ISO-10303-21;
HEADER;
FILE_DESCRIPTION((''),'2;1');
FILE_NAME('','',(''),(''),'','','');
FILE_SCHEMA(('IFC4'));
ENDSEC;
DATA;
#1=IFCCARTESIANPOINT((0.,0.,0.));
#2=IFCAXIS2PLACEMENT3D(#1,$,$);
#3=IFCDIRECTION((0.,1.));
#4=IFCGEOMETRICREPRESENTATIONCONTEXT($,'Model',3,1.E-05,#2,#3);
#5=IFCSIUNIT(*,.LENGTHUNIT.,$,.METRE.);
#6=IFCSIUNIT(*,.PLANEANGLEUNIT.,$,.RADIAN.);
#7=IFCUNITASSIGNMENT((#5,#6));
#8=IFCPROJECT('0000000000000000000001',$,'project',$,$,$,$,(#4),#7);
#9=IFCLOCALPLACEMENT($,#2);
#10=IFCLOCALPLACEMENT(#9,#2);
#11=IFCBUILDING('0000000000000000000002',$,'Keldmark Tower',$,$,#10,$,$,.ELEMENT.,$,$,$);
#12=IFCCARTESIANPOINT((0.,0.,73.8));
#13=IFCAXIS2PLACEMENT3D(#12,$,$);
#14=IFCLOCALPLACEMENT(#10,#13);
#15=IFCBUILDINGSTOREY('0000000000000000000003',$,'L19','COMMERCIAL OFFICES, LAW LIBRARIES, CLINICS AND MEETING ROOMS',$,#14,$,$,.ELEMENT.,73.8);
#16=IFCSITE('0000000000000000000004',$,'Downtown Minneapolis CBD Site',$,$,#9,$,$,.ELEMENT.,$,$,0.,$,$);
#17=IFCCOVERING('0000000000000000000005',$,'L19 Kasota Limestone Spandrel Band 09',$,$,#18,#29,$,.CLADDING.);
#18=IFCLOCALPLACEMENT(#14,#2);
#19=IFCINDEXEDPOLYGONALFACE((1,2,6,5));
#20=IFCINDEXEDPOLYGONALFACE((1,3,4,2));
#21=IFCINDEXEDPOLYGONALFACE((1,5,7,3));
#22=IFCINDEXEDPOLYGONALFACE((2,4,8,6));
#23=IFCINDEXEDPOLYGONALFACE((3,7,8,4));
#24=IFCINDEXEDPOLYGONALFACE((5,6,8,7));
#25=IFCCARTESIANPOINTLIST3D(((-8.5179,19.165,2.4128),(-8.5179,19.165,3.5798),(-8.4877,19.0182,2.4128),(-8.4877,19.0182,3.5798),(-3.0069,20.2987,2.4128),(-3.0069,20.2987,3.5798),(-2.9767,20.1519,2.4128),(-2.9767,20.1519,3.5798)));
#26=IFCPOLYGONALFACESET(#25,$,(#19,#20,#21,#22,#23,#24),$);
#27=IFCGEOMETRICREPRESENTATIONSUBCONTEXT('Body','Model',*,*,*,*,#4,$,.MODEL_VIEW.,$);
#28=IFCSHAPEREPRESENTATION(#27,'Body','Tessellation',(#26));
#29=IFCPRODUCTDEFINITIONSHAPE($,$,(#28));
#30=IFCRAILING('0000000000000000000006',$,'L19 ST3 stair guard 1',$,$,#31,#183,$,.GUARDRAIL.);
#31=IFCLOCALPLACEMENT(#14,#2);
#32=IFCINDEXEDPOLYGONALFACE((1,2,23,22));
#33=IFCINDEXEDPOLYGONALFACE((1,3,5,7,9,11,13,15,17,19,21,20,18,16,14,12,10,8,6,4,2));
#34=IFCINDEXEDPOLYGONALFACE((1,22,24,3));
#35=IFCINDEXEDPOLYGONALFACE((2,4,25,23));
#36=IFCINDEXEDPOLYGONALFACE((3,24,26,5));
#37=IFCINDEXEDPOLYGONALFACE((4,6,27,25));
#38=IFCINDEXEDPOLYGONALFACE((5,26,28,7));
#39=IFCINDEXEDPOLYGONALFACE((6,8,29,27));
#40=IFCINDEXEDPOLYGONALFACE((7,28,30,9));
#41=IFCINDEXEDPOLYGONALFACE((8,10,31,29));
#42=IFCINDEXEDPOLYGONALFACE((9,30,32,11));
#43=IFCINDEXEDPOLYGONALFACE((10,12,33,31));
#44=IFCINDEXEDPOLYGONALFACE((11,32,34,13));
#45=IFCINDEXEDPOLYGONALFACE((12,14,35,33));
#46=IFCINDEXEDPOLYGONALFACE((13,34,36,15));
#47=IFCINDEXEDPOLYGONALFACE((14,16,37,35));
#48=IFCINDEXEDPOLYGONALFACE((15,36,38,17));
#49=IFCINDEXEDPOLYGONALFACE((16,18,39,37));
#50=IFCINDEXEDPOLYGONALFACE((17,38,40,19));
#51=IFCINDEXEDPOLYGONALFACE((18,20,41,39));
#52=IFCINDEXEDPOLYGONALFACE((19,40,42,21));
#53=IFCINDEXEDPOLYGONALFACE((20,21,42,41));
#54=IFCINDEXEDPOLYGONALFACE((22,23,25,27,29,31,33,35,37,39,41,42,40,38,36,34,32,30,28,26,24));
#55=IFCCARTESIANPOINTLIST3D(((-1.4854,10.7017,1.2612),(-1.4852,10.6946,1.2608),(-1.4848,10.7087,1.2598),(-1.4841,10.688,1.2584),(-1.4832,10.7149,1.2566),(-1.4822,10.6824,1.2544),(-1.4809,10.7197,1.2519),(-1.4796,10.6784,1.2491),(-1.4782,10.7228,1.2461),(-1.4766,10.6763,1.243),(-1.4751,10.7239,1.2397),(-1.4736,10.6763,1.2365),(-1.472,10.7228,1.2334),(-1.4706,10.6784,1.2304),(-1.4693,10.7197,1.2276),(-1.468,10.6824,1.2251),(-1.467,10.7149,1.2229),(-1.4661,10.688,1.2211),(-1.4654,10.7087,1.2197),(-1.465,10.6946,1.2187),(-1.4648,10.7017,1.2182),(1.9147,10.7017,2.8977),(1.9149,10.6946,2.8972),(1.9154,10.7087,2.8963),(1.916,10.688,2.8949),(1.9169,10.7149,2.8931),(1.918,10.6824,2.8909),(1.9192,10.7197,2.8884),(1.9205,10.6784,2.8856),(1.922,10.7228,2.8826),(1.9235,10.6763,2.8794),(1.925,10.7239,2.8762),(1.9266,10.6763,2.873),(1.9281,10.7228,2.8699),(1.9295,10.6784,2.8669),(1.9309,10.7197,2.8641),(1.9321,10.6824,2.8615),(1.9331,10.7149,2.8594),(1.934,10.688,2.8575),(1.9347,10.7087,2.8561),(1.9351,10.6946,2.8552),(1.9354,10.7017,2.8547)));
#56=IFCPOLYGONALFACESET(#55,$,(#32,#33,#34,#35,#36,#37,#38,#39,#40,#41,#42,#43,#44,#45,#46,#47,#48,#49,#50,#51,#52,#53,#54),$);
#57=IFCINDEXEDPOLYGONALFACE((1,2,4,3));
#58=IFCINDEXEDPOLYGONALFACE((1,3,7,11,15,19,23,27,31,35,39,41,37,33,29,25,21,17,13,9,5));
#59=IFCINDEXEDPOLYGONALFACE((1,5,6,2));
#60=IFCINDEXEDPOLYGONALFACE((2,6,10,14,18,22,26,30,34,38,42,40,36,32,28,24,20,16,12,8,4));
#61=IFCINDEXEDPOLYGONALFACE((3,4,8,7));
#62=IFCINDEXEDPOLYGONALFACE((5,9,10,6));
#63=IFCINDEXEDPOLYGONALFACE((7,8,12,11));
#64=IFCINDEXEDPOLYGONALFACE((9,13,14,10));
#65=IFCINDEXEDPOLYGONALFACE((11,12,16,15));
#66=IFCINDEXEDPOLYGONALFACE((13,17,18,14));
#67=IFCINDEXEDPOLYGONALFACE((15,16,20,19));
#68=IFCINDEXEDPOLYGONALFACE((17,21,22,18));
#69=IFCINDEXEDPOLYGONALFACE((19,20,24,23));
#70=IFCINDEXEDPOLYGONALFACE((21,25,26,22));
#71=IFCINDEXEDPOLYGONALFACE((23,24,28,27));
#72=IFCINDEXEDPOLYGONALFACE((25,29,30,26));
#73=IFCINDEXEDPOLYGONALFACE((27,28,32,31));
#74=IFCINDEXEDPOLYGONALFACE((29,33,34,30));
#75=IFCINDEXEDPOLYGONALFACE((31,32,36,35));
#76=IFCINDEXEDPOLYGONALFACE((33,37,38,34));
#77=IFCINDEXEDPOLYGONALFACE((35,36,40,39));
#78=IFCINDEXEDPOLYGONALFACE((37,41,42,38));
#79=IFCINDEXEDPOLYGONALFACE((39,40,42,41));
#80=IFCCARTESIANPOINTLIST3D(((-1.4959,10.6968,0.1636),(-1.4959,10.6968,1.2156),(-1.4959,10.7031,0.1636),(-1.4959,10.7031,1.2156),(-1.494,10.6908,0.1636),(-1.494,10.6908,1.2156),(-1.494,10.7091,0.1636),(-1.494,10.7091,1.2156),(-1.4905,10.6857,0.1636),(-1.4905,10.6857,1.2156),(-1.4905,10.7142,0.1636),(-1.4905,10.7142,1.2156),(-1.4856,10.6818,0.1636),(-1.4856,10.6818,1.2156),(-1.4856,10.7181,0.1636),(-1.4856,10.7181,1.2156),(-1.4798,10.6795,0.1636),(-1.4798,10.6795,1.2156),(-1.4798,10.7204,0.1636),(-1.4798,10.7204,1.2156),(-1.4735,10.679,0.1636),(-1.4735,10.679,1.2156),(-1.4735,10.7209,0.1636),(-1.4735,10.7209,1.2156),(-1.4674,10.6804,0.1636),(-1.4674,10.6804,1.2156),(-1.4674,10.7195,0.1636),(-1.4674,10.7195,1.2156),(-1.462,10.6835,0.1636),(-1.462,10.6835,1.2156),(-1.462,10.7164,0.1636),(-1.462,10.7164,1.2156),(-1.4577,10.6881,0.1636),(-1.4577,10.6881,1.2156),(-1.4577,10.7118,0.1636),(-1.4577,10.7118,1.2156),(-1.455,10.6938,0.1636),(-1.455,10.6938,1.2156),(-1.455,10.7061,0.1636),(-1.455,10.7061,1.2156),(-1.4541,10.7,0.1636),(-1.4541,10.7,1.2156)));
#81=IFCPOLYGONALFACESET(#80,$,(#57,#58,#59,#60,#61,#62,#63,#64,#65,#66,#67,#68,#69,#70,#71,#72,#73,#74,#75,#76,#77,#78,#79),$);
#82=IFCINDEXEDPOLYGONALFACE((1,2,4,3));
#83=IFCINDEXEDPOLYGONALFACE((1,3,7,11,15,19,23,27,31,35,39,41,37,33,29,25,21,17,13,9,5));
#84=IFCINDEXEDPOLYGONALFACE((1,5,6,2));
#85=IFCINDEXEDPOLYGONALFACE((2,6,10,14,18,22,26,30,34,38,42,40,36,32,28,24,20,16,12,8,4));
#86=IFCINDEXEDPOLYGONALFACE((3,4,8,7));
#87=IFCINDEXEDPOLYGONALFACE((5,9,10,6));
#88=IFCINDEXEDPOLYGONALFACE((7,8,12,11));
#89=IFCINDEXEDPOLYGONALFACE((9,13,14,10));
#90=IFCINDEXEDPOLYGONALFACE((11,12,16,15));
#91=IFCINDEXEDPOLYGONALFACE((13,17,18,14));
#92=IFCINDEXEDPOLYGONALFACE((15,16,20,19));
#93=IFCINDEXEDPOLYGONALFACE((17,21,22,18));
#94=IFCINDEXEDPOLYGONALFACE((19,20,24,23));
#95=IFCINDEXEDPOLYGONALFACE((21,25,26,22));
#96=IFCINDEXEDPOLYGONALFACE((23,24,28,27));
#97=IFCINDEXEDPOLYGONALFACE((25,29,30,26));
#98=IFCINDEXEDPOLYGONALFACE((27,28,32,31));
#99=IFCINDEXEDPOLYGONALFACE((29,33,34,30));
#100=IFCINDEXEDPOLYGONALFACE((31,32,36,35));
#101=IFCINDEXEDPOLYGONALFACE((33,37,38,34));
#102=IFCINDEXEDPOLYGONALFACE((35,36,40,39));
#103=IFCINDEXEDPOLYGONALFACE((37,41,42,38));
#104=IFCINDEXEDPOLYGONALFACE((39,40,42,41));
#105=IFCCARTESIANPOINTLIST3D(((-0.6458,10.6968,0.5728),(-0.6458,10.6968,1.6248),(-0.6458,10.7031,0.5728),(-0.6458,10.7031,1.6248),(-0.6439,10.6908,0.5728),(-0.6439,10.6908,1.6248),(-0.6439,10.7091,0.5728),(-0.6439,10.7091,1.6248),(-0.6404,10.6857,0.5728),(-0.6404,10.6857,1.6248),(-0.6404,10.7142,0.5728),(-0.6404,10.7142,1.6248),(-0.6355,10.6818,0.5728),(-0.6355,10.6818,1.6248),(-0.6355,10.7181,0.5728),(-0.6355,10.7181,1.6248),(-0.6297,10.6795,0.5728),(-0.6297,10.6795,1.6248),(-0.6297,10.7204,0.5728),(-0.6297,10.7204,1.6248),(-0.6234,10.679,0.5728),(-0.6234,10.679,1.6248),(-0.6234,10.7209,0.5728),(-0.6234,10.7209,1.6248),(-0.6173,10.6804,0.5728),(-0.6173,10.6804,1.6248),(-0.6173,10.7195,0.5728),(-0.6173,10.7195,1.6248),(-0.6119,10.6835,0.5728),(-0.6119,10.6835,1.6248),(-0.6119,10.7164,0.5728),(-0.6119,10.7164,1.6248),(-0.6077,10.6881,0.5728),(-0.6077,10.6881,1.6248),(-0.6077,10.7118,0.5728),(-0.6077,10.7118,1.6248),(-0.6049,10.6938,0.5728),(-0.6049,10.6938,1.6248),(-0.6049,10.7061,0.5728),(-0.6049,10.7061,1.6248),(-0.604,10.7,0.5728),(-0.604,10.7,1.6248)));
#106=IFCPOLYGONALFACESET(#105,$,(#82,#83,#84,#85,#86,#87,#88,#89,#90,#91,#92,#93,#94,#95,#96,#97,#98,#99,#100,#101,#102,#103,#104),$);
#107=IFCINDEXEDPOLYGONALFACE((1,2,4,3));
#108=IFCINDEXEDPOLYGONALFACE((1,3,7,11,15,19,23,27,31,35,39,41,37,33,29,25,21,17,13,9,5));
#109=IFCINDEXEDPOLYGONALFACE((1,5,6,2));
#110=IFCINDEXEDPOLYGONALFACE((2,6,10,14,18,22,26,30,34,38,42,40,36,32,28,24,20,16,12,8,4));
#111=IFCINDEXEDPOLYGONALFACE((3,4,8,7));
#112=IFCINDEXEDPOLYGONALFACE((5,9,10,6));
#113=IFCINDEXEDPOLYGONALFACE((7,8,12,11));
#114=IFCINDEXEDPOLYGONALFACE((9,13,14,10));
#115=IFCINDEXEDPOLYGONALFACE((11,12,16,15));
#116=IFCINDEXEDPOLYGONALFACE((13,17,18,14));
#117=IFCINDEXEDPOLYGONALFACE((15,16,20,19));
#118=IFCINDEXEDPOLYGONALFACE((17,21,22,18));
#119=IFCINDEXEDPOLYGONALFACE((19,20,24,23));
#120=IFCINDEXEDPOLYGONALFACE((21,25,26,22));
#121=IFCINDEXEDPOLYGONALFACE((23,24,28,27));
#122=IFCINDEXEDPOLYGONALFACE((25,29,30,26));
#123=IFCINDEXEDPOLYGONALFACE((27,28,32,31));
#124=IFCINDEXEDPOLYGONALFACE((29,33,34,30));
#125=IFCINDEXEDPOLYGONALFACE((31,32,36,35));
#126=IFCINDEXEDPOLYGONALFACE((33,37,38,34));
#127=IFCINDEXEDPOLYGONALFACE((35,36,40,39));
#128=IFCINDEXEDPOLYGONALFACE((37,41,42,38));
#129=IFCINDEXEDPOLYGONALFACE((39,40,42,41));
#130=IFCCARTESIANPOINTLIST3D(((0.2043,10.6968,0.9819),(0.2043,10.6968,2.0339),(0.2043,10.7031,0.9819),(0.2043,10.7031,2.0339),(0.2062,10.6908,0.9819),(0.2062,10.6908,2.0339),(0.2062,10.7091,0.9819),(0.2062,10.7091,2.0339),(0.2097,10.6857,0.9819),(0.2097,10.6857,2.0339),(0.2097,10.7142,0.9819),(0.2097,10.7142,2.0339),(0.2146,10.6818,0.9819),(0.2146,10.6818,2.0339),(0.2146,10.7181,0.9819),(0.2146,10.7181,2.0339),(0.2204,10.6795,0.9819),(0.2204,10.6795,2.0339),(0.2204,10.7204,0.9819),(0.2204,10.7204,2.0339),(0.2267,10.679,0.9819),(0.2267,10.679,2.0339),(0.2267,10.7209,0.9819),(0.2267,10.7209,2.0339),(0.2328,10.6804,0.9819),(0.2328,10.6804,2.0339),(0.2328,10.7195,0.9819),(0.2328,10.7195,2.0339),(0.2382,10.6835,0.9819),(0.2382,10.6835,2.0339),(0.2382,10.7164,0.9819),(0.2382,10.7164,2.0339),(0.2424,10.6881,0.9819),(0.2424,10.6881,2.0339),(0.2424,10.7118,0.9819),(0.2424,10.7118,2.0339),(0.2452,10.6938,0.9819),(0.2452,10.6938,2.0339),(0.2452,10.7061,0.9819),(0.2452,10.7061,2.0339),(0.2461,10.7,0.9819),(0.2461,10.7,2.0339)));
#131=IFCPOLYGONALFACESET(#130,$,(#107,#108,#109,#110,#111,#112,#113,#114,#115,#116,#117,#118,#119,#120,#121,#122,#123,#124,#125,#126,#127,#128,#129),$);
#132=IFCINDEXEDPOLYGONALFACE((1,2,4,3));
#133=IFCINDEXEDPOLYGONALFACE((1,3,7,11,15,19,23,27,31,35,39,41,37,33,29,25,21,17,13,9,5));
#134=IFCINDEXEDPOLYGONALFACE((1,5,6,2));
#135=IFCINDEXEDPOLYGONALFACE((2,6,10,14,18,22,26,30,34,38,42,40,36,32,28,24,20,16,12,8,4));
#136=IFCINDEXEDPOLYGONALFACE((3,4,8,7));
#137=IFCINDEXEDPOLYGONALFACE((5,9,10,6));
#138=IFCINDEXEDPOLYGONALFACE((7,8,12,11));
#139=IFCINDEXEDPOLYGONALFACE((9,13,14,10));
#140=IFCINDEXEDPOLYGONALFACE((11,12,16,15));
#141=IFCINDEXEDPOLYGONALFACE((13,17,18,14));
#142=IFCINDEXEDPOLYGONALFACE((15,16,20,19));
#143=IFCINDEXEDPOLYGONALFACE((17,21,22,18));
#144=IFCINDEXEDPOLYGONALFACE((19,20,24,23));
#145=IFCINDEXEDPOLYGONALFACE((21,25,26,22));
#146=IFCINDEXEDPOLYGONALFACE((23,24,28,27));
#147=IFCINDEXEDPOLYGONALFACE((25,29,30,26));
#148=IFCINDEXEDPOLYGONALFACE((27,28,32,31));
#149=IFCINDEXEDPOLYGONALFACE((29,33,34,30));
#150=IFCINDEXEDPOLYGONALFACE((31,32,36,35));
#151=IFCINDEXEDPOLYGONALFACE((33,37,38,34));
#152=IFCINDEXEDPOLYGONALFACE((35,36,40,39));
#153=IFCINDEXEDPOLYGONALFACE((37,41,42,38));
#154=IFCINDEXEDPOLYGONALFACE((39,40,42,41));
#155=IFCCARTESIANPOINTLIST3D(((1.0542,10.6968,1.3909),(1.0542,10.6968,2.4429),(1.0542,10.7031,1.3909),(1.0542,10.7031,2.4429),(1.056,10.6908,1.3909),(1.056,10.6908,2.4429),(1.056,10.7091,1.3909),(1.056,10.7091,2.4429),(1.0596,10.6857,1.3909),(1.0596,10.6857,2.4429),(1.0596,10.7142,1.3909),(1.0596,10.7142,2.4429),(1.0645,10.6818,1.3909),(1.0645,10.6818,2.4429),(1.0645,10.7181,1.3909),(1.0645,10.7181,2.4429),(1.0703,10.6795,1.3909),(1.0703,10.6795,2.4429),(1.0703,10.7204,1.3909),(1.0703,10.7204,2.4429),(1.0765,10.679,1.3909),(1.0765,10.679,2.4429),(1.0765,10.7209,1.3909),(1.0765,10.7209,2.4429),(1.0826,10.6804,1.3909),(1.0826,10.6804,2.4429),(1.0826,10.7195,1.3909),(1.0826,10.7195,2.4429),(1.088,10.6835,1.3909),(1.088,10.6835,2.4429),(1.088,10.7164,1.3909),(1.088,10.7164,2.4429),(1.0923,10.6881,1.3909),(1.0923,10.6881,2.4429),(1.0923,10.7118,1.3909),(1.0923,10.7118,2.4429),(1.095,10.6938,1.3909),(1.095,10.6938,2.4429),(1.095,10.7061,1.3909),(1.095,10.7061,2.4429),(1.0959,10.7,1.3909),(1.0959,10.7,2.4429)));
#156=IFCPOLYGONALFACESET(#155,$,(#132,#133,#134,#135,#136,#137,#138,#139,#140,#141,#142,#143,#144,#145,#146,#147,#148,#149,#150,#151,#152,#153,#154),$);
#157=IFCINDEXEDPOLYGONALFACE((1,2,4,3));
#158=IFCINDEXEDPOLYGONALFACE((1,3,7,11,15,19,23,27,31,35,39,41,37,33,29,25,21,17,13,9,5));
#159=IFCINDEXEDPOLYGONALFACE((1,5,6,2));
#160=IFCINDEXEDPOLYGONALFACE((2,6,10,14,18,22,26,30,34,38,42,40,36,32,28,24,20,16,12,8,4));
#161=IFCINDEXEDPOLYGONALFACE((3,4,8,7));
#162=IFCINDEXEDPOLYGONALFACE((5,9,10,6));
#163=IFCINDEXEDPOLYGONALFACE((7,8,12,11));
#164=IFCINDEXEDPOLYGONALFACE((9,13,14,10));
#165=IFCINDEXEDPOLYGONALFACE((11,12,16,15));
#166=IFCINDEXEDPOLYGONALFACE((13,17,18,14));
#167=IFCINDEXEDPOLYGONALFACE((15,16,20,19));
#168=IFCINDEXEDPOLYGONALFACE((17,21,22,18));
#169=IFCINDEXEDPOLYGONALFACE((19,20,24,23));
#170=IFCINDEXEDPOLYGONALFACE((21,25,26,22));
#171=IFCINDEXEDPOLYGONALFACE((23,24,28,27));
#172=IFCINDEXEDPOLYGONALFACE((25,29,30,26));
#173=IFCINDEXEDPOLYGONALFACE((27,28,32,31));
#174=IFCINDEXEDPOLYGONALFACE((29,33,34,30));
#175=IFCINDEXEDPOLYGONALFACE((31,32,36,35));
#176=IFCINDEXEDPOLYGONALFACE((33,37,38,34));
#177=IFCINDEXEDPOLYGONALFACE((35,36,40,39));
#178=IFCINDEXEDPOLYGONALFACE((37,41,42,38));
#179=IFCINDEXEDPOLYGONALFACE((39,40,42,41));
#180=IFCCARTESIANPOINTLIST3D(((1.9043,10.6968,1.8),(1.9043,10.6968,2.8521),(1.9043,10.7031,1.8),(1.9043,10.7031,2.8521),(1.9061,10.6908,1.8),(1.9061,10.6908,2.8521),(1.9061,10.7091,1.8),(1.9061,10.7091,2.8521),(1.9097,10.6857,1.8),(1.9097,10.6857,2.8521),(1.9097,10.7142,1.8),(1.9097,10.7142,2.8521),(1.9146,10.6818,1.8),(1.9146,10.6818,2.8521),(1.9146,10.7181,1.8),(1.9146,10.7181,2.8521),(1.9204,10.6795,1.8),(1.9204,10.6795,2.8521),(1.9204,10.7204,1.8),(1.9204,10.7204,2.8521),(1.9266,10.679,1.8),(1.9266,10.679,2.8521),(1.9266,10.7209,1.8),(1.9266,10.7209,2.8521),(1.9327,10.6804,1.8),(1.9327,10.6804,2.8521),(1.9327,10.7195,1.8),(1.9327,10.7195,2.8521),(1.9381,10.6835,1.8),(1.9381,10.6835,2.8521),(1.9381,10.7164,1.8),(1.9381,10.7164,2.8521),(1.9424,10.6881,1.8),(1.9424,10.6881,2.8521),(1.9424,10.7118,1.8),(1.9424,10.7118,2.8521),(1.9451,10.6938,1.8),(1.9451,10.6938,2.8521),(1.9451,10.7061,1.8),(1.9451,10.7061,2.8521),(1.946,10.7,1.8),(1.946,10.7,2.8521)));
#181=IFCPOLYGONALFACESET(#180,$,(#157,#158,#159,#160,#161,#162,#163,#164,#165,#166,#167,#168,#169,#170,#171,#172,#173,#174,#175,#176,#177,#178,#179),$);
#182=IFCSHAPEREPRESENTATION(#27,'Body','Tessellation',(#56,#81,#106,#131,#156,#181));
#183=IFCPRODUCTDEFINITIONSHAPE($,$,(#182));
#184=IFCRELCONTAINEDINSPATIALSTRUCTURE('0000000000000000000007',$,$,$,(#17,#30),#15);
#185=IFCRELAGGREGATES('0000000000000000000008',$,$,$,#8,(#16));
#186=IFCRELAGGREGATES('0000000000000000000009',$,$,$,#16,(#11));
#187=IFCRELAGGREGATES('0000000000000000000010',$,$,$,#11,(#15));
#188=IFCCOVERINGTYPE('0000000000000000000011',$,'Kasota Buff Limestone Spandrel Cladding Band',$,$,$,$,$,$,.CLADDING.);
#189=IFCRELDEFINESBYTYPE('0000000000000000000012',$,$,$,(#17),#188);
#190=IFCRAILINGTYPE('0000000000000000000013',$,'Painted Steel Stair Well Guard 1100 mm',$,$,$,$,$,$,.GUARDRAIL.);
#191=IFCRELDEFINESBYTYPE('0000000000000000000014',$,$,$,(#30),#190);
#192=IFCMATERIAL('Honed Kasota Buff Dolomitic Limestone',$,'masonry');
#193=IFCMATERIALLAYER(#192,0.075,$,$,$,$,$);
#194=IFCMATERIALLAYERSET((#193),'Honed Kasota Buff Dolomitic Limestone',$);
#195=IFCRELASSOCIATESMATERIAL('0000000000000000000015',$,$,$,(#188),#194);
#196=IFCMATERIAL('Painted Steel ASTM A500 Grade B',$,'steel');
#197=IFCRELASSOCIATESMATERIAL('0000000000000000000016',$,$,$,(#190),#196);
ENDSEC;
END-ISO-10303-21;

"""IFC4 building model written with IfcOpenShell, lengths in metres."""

from ifc_helpers import new_model, si_unit, direction, frame, origin, origin_2d, place, context, subcontext, project, spatial, rectangle, circle, extrude, material, layer, layer_set, type_object, element, save


model = new_model("IFC4")

# Units and contexts
model_context = context("Model", 3, precision=1e-05, world=origin(), true_north=direction((0.0, 1.0)))
body_context = subcontext(model_context, "Body", "Model", "MODEL_VIEW")
ifc_project = project(units=[si_unit("LENGTHUNIT", "METRE"), si_unit("PLANEANGLEUNIT", "RADIAN")], contexts=[model_context])

# Site, building, storey
site_placement = place(None, origin())
site = spatial("IfcSite", under=ifc_project, at=site_placement, Name="Downtown Minneapolis CBD Site", CompositionType="ELEMENT", RefElevation=0.0)
building_placement = place(site_placement, origin())
building = spatial("IfcBuilding", under=site, at=building_placement, Name="Keldmark Tower", CompositionType="ELEMENT")
storey_placement = place(building_placement, frame((0.0, 0.0, 73.8)))
storey = spatial("IfcBuildingStorey", under=building, at=storey_placement, Name="L19", Description="COMMERCIAL OFFICES, LAW LIBRARIES, CLINICS AND MEETING ROOMS", CompositionType="ELEMENT", Elevation=73.8)

# Covering
ifc_material_1 = material(Name="Honed Kasota Buff Dolomitic Limestone", Category="masonry")
ifc_layer_1 = layer(ifc_material_1, 0.075)
ifc_layer_set_1 = layer_set([ifc_layer_1], Name="Honed Kasota Buff Dolomitic Limestone")
covering_type = type_object("IfcCoveringType", Name="Kasota Buff Limestone Spandrel Cladding Band", PredefinedType="CLADDING", material=ifc_layer_set_1)
covering_placement = place(storey_placement, frame((-5.7473, 19.6584, 2.4128), z_axis=(0.0, 0.0, 1.0), x_axis=(-0.979487, -0.201505, 0.0)))
element("IfcCovering", 1, at=covering_placement, inside=storey, type_object=covering_type, Name="L19 Kasota Limestone Spandrel Band 09", PredefinedType="CLADDING", context=body_context, shape_type="SweptSolid", body=[
    extrude(rectangle(XDim=5.6265, YDim=0.1499, at=origin_2d()), origin(), (0.0, 0.0, 1.0), 1.167),
])

# Railing
ifc_material_2 = material(Name="Painted Steel ASTM A500 Grade B", Category="steel")
railing_type = type_object("IfcRailingType", Name="Painted Steel Stair Well Guard 1100 mm", PredefinedType="GUARDRAIL", material=ifc_material_2)
railing_1_placement = place(storey_placement, frame((-1.4751, 10.7, 0.1636)))
element("IfcRailing", 2, at=railing_1_placement, inside=storey, type_object=railing_type, Name="L19 ST3 stair guard 1", PredefinedType="GUARDRAIL", context=body_context, shape_type="SweptSolid", body=[
    extrude(circle(Radius=0.0239, at=origin_2d()), frame((0.0, 0.0, 1.0762), z_axis=(0.901067, 0.0, 0.433679), x_axis=(0.0, 1.0, 0.0)), (0.0, 0.0, 1.0), 3.7734),
    extrude(circle(Radius=0.021, at=origin_2d()), origin(), (0.0, 0.0, 1.0), 1.052),
    extrude(circle(Radius=0.021, at=origin_2d()), frame((0.8501, 0.0, 0.4092)), (0.0, 0.0, 1.0), 1.052),
    extrude(circle(Radius=0.021, at=origin_2d()), frame((1.7002, 0.0, 0.8184)), (0.0, 0.0, 1.0), 1.052),
    extrude(circle(Radius=0.021, at=origin_2d()), frame((2.55, 0.0, 1.2273)), (0.0, 0.0, 1.0), 1.052),
    extrude(circle(Radius=0.021, at=origin_2d()), frame((3.4001, 0.0, 1.6365)), (0.0, 0.0, 1.0), 1.052),
])

save(model, "model.ifc")
